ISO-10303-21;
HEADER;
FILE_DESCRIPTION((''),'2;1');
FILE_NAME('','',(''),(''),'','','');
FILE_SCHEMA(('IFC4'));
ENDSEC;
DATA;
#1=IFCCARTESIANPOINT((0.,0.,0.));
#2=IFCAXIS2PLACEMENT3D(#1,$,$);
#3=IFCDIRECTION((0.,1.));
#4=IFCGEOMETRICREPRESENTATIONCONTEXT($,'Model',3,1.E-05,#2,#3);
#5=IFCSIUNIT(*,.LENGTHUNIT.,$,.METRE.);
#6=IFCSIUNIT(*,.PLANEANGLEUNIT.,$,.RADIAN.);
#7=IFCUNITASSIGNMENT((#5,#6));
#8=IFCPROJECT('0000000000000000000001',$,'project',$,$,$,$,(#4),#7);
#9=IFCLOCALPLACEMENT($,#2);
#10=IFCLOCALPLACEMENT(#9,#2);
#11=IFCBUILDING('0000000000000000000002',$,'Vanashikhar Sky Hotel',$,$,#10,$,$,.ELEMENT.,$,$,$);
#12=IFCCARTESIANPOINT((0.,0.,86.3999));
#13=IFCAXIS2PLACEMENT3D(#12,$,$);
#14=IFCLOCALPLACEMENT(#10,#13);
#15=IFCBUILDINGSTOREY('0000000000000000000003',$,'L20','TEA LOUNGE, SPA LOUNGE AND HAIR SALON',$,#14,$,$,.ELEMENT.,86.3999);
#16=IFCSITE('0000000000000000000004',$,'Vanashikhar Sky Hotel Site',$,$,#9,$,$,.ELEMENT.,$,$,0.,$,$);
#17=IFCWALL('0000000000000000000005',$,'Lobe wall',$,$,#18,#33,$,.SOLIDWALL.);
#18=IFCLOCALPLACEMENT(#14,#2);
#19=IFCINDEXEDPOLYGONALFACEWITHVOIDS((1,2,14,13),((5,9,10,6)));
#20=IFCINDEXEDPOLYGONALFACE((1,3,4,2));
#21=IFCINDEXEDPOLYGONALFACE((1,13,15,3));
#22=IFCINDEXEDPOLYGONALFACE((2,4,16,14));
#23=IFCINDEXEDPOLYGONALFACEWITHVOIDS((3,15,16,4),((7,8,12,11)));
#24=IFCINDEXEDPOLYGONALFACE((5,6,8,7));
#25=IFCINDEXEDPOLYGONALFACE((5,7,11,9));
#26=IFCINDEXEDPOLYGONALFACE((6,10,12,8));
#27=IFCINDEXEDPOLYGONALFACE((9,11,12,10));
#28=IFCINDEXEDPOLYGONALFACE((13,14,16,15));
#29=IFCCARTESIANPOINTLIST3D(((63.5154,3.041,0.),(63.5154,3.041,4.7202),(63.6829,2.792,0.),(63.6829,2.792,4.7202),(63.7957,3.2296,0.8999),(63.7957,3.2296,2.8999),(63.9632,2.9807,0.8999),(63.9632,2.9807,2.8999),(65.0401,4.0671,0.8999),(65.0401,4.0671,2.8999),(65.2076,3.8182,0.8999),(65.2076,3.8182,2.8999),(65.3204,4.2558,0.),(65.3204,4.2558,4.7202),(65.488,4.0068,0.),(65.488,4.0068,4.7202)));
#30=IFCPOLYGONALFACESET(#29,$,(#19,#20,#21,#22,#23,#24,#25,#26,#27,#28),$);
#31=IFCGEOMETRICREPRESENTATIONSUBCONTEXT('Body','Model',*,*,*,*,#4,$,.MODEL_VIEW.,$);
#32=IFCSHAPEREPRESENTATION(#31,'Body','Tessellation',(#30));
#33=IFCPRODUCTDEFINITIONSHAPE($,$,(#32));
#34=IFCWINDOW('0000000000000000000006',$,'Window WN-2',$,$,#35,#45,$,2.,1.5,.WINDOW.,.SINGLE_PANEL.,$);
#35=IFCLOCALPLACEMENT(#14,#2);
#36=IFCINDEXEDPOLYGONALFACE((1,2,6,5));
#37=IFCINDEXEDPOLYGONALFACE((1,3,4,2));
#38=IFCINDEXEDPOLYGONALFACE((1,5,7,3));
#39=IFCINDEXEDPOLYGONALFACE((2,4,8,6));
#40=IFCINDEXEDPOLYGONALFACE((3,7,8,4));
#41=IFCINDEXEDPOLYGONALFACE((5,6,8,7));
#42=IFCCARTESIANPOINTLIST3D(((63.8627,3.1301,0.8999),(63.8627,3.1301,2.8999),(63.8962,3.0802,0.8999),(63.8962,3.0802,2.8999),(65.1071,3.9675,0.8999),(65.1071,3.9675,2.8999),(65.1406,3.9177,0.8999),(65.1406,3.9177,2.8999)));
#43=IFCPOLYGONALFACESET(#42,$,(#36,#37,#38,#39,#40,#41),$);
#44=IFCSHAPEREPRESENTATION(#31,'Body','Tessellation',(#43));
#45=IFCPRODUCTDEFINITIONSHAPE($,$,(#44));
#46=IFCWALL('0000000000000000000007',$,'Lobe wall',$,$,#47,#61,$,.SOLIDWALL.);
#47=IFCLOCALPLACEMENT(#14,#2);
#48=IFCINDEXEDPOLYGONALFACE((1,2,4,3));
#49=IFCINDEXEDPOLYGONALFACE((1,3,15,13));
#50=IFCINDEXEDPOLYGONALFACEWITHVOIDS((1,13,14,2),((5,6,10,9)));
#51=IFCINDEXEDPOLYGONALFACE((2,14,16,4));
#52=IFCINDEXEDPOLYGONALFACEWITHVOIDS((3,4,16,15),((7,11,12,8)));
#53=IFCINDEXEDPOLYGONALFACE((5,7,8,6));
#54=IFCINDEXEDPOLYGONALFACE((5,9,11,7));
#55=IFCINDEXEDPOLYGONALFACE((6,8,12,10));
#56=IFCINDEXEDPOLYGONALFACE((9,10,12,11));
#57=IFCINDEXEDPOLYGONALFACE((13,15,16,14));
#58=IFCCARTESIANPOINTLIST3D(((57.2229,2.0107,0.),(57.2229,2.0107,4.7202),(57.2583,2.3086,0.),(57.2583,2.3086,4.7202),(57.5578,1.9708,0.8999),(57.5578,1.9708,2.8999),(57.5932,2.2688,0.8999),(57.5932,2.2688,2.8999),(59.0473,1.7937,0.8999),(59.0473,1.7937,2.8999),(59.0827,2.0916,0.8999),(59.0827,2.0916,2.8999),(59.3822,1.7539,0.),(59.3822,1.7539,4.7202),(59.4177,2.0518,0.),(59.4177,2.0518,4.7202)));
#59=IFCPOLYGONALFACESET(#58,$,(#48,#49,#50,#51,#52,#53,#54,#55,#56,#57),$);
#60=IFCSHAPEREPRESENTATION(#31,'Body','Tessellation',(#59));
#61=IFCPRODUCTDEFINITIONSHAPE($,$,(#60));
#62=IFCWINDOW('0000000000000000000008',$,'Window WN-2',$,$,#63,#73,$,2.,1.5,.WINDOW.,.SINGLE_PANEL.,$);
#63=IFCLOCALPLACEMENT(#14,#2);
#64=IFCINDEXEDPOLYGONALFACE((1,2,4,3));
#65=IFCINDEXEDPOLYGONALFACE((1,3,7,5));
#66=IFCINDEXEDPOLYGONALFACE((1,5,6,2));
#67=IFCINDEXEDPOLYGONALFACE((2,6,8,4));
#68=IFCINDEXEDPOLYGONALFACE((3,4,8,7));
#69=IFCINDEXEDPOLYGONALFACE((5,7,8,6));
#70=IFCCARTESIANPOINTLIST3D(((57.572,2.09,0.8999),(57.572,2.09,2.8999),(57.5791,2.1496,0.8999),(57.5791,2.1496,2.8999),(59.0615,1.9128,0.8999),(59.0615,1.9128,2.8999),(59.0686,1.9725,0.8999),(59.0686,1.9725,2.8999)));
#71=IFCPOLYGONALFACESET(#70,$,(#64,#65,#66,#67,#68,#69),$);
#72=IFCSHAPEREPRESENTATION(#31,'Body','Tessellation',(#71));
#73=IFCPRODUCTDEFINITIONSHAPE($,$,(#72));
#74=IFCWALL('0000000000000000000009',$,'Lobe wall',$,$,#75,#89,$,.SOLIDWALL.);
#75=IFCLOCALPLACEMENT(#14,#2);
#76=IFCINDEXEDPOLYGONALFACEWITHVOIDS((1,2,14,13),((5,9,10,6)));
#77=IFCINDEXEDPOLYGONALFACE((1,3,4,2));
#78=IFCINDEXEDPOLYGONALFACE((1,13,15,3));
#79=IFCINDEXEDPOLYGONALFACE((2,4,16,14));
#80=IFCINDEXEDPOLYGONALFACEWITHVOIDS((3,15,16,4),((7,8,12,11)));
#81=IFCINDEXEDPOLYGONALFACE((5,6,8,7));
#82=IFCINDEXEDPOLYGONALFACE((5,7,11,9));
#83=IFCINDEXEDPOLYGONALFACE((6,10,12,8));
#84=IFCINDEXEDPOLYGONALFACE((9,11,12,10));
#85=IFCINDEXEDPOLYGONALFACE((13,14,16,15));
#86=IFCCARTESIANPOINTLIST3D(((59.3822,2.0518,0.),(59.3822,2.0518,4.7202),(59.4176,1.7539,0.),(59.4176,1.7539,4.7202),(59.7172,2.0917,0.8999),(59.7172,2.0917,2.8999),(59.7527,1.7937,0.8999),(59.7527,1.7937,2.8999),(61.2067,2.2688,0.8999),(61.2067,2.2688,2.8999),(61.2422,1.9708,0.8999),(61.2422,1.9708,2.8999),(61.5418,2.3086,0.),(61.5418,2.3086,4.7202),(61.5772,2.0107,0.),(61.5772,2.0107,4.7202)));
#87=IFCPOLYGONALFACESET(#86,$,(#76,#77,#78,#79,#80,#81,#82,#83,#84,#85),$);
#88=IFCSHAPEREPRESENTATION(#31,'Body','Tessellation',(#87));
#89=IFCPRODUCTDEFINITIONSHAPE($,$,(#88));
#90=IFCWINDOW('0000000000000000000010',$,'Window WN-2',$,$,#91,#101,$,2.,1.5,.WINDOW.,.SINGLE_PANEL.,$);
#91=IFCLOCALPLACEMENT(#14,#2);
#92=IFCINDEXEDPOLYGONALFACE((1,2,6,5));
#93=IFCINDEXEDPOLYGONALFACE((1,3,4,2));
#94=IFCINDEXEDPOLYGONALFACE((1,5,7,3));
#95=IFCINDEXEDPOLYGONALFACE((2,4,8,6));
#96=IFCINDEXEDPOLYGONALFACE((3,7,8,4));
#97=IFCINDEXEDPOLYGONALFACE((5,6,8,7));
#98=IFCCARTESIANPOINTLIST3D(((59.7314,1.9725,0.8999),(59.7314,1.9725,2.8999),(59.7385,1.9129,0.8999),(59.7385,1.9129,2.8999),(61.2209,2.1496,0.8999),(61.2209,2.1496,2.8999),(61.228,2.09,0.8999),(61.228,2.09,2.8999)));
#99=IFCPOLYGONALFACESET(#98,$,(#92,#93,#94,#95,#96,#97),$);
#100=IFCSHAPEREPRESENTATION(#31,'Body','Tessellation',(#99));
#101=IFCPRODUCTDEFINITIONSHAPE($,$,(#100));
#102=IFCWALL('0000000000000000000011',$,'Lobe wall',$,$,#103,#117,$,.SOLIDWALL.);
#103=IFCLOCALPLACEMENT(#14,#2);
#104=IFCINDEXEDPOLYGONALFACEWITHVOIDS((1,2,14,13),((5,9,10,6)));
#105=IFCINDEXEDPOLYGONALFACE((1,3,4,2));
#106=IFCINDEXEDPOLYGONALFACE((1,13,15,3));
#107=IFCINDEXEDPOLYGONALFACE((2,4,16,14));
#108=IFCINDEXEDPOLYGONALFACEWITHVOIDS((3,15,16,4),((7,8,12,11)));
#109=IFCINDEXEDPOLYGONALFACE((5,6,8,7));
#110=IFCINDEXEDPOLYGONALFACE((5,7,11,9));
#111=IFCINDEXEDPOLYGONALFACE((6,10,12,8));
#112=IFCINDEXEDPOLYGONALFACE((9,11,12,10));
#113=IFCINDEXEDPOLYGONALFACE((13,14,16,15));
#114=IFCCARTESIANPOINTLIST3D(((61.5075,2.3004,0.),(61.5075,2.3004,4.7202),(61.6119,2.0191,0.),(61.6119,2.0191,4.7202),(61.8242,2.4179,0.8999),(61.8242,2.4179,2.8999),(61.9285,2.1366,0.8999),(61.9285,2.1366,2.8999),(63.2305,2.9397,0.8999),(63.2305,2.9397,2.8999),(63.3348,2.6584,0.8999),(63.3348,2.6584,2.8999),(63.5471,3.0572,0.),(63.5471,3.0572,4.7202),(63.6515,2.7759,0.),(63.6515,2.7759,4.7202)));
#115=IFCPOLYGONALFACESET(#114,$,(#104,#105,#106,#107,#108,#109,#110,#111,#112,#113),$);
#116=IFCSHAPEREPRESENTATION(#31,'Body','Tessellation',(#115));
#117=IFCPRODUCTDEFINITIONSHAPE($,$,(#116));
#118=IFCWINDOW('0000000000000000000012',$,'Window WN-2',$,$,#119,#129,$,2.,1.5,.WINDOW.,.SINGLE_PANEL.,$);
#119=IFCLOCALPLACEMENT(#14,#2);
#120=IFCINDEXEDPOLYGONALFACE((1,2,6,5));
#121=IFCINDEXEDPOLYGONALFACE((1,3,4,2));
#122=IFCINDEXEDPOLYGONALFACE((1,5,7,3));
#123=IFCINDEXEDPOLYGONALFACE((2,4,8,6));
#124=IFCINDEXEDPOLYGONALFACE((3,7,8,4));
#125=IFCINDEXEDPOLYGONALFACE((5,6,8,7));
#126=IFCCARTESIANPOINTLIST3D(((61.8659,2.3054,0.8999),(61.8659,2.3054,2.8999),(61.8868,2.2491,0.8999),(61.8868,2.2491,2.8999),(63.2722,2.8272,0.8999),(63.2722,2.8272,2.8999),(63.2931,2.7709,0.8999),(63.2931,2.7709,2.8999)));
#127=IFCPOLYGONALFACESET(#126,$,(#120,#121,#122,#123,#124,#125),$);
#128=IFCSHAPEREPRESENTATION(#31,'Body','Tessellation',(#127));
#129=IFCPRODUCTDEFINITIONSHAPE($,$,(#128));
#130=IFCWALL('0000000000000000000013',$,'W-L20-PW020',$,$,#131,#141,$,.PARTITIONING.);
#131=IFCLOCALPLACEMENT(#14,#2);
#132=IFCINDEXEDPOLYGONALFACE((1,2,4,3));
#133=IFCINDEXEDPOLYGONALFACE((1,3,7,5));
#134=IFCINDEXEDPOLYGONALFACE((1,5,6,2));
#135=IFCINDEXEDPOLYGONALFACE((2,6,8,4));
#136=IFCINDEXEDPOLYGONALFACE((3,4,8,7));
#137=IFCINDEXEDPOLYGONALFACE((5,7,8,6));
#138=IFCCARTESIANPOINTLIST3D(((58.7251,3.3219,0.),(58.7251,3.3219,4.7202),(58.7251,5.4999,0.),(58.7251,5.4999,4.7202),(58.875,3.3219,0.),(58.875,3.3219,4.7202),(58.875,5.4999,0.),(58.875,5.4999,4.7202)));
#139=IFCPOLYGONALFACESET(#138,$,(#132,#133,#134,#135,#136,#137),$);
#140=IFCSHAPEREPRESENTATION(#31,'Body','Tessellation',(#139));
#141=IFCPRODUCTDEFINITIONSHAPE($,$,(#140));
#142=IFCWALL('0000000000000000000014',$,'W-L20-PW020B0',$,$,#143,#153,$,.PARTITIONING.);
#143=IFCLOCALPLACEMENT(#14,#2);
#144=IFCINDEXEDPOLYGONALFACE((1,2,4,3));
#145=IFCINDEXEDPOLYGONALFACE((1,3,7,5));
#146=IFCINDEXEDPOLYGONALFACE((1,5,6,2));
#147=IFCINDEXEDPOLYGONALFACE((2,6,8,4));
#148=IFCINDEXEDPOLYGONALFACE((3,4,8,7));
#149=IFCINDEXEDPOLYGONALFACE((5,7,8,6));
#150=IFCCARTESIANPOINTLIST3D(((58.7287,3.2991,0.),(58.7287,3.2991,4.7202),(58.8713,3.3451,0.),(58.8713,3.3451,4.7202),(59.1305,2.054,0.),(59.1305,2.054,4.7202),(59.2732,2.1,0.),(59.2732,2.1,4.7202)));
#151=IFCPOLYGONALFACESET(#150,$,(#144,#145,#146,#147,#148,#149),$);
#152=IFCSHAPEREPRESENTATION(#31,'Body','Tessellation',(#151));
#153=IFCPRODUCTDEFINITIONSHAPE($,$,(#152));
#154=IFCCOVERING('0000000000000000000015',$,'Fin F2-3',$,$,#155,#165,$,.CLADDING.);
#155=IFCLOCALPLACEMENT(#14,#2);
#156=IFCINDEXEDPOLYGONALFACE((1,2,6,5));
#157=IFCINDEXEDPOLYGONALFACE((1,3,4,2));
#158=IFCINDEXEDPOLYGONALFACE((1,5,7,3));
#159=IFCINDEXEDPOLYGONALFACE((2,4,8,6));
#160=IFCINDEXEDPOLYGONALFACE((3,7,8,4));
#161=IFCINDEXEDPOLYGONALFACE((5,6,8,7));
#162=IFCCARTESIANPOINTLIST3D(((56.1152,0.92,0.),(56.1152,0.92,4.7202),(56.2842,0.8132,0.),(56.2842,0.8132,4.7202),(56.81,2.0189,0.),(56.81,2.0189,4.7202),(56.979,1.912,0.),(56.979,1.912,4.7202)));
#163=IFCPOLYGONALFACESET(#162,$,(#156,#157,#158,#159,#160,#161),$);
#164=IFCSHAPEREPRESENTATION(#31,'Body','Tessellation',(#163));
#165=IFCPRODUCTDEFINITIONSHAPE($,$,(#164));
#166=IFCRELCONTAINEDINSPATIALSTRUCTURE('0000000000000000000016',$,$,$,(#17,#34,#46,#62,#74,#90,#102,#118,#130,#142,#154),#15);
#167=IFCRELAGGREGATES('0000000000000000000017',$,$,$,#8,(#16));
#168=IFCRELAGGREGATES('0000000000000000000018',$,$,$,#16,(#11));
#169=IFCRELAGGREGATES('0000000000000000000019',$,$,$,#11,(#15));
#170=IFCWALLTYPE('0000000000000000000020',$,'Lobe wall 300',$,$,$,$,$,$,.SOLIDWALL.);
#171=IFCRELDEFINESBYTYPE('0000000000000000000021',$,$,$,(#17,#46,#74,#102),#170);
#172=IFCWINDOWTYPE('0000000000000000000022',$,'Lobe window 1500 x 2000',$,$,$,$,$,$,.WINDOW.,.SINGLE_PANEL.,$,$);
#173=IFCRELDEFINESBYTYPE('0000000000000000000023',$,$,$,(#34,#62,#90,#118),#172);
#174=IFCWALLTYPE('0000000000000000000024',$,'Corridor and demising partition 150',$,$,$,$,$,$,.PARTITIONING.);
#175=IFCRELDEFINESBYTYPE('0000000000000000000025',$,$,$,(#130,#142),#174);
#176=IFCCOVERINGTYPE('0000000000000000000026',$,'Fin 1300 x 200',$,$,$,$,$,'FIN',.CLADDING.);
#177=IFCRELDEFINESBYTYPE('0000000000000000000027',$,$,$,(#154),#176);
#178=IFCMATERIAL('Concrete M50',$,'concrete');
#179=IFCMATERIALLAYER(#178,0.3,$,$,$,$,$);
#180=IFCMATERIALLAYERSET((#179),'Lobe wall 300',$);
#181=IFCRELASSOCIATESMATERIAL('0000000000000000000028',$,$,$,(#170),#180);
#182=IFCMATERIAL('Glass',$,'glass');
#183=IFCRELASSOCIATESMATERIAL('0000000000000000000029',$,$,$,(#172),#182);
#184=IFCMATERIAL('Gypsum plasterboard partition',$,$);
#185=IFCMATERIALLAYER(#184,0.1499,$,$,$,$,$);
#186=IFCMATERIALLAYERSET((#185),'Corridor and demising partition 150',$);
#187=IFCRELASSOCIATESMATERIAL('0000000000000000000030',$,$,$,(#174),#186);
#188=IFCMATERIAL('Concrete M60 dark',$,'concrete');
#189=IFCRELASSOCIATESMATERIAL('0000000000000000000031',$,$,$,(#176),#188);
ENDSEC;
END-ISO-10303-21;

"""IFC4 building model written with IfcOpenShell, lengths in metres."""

from ifc_helpers import new_model, si_unit, direction, frame, frame_2d, origin, origin_2d, place, context, subcontext, project, spatial, rectangle, extrude, source, transform, mapped, material, layer, layer_set, material_profile, profile_set, type_object, element, fill, save


model = new_model("IFC4")

# Units and contexts
model_context = context("Model", 3, precision=1e-05, world=origin(), true_north=direction((0.0, 1.0)))
body_context = subcontext(model_context, "Body", "Model", "MODEL_VIEW")
ifc_project = project(units=[si_unit("LENGTHUNIT", "METRE"), si_unit("PLANEANGLEUNIT", "RADIAN")], contexts=[model_context])

# Site, building, storey
site_placement = place(None, origin())
site = spatial("IfcSite", under=ifc_project, at=site_placement, Name="Vanashikhar Sky Hotel Site", CompositionType="ELEMENT", RefElevation=0.0)
building_placement = place(site_placement, origin())
building = spatial("IfcBuilding", under=site, at=building_placement, Name="Vanashikhar Sky Hotel", CompositionType="ELEMENT")
storey_placement = place(building_placement, frame((0.0, 0.0, 86.3999)))
storey = spatial("IfcBuildingStorey", under=building, at=storey_placement, Name="L20", Description="TEA LOUNGE, SPA LOUNGE AND HAIR SALON", CompositionType="ELEMENT", Elevation=86.3999)

# Shared definitions
ifc_material_1 = material(Name="Concrete M50", Category="concrete")

# Shared definitions
ifc_material_2 = material(Name="Glass", Category="glass")

# Walls, openings, windows
ifc_layer_1 = layer(ifc_material_1, 0.3)
ifc_layer_set_1 = layer_set([ifc_layer_1], Name="Lobe wall 300")
wall_type_1 = type_object("IfcWallType", Name="Lobe wall 300", PredefinedType="SOLIDWALL", material=ifc_layer_set_1)
shared_shape_1 = source(origin(), body_context, "Body", "SweptSolid", [
    extrude(rectangle(XDim=1.5, YDim=2.0, at=frame_2d((0.75, 1.0))), frame((0.0, 0.1602, 0.0), z_axis=(0.0, -1.0, 0.0), x_axis=(1.0, 0.0, 0.0)), (0.0, 0.0, 1.0), 0.3201),
])
window_type_1 = type_object("IfcWindowType", Name="Lobe window 1500 x 2000", PartitioningType="SINGLE_PANEL", PredefinedType="WINDOW", material=ifc_material_2)
shared_shape_2 = source(origin(), body_context, "Body", "SweptSolid", [
    extrude(rectangle(XDim=1.5, YDim=2.0, at=frame_2d((0.75, 1.0))), frame((0.0, 0.03, 0.0), z_axis=(0.0, -1.0, 0.0), x_axis=(1.0, 0.0, 0.0)), (0.0, 0.0, 1.0), 0.0601),
])
shared_shape_3 = source(origin(), body_context, "Body", "SweptSolid", [
    extrude(rectangle(XDim=2.1758, YDim=0.3, at=frame_2d((1.0879, 0.0))), origin(), (0.0, 0.0, 1.0), 4.7202),
])
wall_1_placement = place(storey_placement, frame((63.5991, 2.9165, 0.0), z_axis=(0.0, 0.0, 1.0), x_axis=(0.829626, 0.55832, 0.0)))
wall_1 = element("IfcWall", 1, at=wall_1_placement, inside=storey, type_object=wall_type_1, Name="Lobe wall", PredefinedType="SOLIDWALL", context=body_context, shape_type="MappedRepresentation", body=[
    mapped(shared_shape_3, transform((0.0, 0.0, 0.0), scale=1.0)),
])
opening_1_placement = place(wall_1_placement, frame((0.3379, 0.0, 0.8999)))
opening_1 = element("IfcOpeningElement", 2, at=opening_1_placement, cuts=wall_1, PredefinedType="OPENING", context=body_context, shape_type="MappedRepresentation", body=[
    mapped(shared_shape_1, transform((0.0, 0.0, 0.0), scale=1.0)),
])
window_1_placement = place(opening_1_placement, origin())
window_1 = element("IfcWindow", 3, at=window_1_placement, inside=storey, type_object=window_type_1, Name="Window WN-2", OverallHeight=2.0, OverallWidth=1.5, PartitioningType="SINGLE_PANEL", PredefinedType="WINDOW", context=body_context, shape_type="MappedRepresentation", body=[
    mapped(shared_shape_2, transform((0.0, 0.0, 0.0), scale=1.0)),
])
fill(opening_1, window_1)
shared_shape_4 = source(origin(), body_context, "Body", "SweptSolid", [
    extrude(rectangle(XDim=2.1746, YDim=0.3, at=frame_2d((1.0874, 0.0))), origin(), (0.0, 0.0, 1.0), 4.7202),
])
wall_2_placement = place(storey_placement, frame((57.2405, 2.1597, 0.0), z_axis=(0.0, 0.0, 1.0), x_axis=(0.993001, -0.118105, 0.0)))
wall_2 = element("IfcWall", 4, at=wall_2_placement, inside=storey, type_object=wall_type_1, Name="Lobe wall", PredefinedType="SOLIDWALL", context=body_context, shape_type="MappedRepresentation", body=[
    mapped(shared_shape_4, transform((0.0, 0.0, 0.0), scale=1.0)),
])
opening_2_placement = place(wall_2_placement, frame((0.3374, 0.0, 0.8999)))
opening_2 = element("IfcOpeningElement", 5, at=opening_2_placement, cuts=wall_2, PredefinedType="OPENING", context=body_context, shape_type="MappedRepresentation", body=[
    mapped(shared_shape_1, transform((0.0, 0.0, 0.0), scale=1.0)),
])
window_2_placement = place(opening_2_placement, origin())
window_2 = element("IfcWindow", 6, at=window_2_placement, inside=storey, type_object=window_type_1, Name="Window WN-2", OverallHeight=2.0, OverallWidth=1.5, PartitioningType="SINGLE_PANEL", PredefinedType="WINDOW", context=body_context, shape_type="MappedRepresentation", body=[
    mapped(shared_shape_2, transform((0.0, 0.0, 0.0), scale=1.0)),
])
fill(opening_2, window_2)
shared_shape_5 = source(origin(), body_context, "Body", "SweptSolid", [
    extrude(rectangle(XDim=2.1748, YDim=0.3, at=frame_2d((1.0874, 0.0))), origin(), (0.0, 0.0, 1.0), 4.7202),
])
wall_3_placement = place(storey_placement, frame((59.3999, 1.9028, 0.0), z_axis=(0.0, 0.0, 1.0), x_axis=(0.993003, 0.118092, 0.0)))
wall_3 = element("IfcWall", 7, at=wall_3_placement, inside=storey, type_object=wall_type_1, Name="Lobe wall", PredefinedType="SOLIDWALL", context=body_context, shape_type="MappedRepresentation", body=[
    mapped(shared_shape_5, transform((0.0, 0.0, 0.0), scale=1.0)),
])
opening_3_placement = place(wall_3_placement, frame((0.3374, 0.0, 0.8999)))
opening_3 = element("IfcOpeningElement", 8, at=opening_3_placement, cuts=wall_3, PredefinedType="OPENING", context=body_context, shape_type="MappedRepresentation", body=[
    mapped(shared_shape_1, transform((0.0, 0.0, 0.0), scale=1.0)),
])
window_3_placement = place(opening_3_placement, origin())
window_3 = element("IfcWindow", 9, at=window_3_placement, inside=storey, type_object=window_type_1, Name="Window WN-2", OverallHeight=2.0, OverallWidth=1.5, PartitioningType="SINGLE_PANEL", PredefinedType="WINDOW", context=body_context, shape_type="MappedRepresentation", body=[
    mapped(shared_shape_2, transform((0.0, 0.0, 0.0), scale=1.0)),
])
fill(opening_3, window_3)
shared_shape_6 = source(origin(), body_context, "Body", "SweptSolid", [
    extrude(rectangle(XDim=2.1755, YDim=0.3, at=frame_2d((1.0879, 0.0))), origin(), (0.0, 0.0, 1.0), 4.7202),
])
wall_4_placement = place(storey_placement, frame((61.5596, 2.1597, 0.0), z_axis=(0.0, 0.0, 1.0), x_axis=(0.937532, 0.347899, 0.0)))
wall_4 = element("IfcWall", 10, at=wall_4_placement, inside=storey, type_object=wall_type_1, Name="Lobe wall", PredefinedType="SOLIDWALL", context=body_context, shape_type="MappedRepresentation", body=[
    mapped(shared_shape_6, transform((0.0, 0.0, 0.0), scale=1.0)),
])
opening_4_placement = place(wall_4_placement, frame((0.3379, 0.0, 0.8999)))
opening_4 = element("IfcOpeningElement", 11, at=opening_4_placement, cuts=wall_4, PredefinedType="OPENING", context=body_context, shape_type="MappedRepresentation", body=[
    mapped(shared_shape_1, transform((0.0, 0.0, 0.0), scale=1.0)),
])
window_4_placement = place(opening_4_placement, origin())
window_4 = element("IfcWindow", 12, at=window_4_placement, inside=storey, type_object=window_type_1, Name="Window WN-2", OverallHeight=2.0, OverallWidth=1.5, PartitioningType="SINGLE_PANEL", PredefinedType="WINDOW", context=body_context, shape_type="MappedRepresentation", body=[
    mapped(shared_shape_2, transform((0.0, 0.0, 0.0), scale=1.0)),
])
fill(opening_4, window_4)

# Walls
ifc_material_3 = material(Name="Gypsum plasterboard partition")
ifc_layer_2 = layer(ifc_material_3, 0.1499)
ifc_layer_set_2 = layer_set([ifc_layer_2], Name="Corridor and demising partition 150")
wall_type_2 = type_object("IfcWallType", Name="Corridor and demising partition 150", PredefinedType="PARTITIONING", material=ifc_layer_set_2)
shared_shape_7 = source(origin(), body_context, "Body", "SweptSolid", [
    extrude(rectangle(XDim=2.178, YDim=0.1499, at=frame_2d((1.0889, 0.0))), origin(), (0.0, 0.0, 1.0), 4.7202),
])
wall_5_placement = place(storey_placement, frame((58.8, 3.322, 0.0), z_axis=(0.0, 0.0, 1.0), x_axis=(0.0, 1.0, 0.0)))
element("IfcWall", 13, at=wall_5_placement, inside=storey, type_object=wall_type_2, Name="W-L20-PW020", PredefinedType="PARTITIONING", context=body_context, shape_type="MappedRepresentation", body=[
    mapped(shared_shape_7, transform((0.0, 0.0, 0.0), scale=1.0)),
])
shared_shape_8 = source(origin(), body_context, "Body", "SweptSolid", [
    extrude(rectangle(XDim=1.3083, YDim=0.1499, at=frame_2d((0.6543, 0.0))), origin(), (0.0, 0.0, 1.0), 4.7202),
])
wall_6_placement = place(storey_placement, frame((59.2019, 2.0769, 0.0), z_axis=(0.0, 0.0, 1.0), x_axis=(-0.307145, 0.951663, 0.0)))
element("IfcWall", 14, at=wall_6_placement, inside=storey, type_object=wall_type_2, Name="W-L20-PW020B0", PredefinedType="PARTITIONING", context=body_context, shape_type="MappedRepresentation", body=[
    mapped(shared_shape_8, transform((0.0, 0.0, 0.0), scale=1.0)),
])

# Covering
ifc_material_4 = material(Name="Concrete M60 dark", Category="concrete")
ifc_material_profile_1 = material_profile(ifc_material_4, rectangle(XDim=1.3, YDim=0.2, at=origin_2d()))
ifc_profile_set_1 = profile_set([ifc_material_profile_1], Name="Fin 1300 x 200")
covering_type = type_object("IfcCoveringType", Name="Fin 1300 x 200", ElementType="FIN", PredefinedType="CLADDING", material=ifc_profile_set_1)
shared_shape_9 = source(origin(), body_context, "Body", "SweptSolid", [
    extrude(rectangle(XDim=1.3, YDim=0.2, at=origin_2d()), origin(), (0.0, 0.0, 1.0), 4.7202),
])
for number, where, z_axis, x_axis, name in (
    (15, (56.5471, 1.416, 0.0), (0.0, 0.0, 1.0), (-0.534411, -0.845225, 0.0), "Fin F2-3"),
):
    element("IfcCovering", number, at=place(storey_placement, frame(where, z_axis=z_axis, x_axis=x_axis)), inside=storey, type_object=covering_type, Name=name, PredefinedType="CLADDING", context=body_context, shape_type="MappedRepresentation", body=[
        mapped(shared_shape_9, transform((0.0, 0.0, 0.0), scale=1.0)),
    ])

save(model, "model.ifc")
